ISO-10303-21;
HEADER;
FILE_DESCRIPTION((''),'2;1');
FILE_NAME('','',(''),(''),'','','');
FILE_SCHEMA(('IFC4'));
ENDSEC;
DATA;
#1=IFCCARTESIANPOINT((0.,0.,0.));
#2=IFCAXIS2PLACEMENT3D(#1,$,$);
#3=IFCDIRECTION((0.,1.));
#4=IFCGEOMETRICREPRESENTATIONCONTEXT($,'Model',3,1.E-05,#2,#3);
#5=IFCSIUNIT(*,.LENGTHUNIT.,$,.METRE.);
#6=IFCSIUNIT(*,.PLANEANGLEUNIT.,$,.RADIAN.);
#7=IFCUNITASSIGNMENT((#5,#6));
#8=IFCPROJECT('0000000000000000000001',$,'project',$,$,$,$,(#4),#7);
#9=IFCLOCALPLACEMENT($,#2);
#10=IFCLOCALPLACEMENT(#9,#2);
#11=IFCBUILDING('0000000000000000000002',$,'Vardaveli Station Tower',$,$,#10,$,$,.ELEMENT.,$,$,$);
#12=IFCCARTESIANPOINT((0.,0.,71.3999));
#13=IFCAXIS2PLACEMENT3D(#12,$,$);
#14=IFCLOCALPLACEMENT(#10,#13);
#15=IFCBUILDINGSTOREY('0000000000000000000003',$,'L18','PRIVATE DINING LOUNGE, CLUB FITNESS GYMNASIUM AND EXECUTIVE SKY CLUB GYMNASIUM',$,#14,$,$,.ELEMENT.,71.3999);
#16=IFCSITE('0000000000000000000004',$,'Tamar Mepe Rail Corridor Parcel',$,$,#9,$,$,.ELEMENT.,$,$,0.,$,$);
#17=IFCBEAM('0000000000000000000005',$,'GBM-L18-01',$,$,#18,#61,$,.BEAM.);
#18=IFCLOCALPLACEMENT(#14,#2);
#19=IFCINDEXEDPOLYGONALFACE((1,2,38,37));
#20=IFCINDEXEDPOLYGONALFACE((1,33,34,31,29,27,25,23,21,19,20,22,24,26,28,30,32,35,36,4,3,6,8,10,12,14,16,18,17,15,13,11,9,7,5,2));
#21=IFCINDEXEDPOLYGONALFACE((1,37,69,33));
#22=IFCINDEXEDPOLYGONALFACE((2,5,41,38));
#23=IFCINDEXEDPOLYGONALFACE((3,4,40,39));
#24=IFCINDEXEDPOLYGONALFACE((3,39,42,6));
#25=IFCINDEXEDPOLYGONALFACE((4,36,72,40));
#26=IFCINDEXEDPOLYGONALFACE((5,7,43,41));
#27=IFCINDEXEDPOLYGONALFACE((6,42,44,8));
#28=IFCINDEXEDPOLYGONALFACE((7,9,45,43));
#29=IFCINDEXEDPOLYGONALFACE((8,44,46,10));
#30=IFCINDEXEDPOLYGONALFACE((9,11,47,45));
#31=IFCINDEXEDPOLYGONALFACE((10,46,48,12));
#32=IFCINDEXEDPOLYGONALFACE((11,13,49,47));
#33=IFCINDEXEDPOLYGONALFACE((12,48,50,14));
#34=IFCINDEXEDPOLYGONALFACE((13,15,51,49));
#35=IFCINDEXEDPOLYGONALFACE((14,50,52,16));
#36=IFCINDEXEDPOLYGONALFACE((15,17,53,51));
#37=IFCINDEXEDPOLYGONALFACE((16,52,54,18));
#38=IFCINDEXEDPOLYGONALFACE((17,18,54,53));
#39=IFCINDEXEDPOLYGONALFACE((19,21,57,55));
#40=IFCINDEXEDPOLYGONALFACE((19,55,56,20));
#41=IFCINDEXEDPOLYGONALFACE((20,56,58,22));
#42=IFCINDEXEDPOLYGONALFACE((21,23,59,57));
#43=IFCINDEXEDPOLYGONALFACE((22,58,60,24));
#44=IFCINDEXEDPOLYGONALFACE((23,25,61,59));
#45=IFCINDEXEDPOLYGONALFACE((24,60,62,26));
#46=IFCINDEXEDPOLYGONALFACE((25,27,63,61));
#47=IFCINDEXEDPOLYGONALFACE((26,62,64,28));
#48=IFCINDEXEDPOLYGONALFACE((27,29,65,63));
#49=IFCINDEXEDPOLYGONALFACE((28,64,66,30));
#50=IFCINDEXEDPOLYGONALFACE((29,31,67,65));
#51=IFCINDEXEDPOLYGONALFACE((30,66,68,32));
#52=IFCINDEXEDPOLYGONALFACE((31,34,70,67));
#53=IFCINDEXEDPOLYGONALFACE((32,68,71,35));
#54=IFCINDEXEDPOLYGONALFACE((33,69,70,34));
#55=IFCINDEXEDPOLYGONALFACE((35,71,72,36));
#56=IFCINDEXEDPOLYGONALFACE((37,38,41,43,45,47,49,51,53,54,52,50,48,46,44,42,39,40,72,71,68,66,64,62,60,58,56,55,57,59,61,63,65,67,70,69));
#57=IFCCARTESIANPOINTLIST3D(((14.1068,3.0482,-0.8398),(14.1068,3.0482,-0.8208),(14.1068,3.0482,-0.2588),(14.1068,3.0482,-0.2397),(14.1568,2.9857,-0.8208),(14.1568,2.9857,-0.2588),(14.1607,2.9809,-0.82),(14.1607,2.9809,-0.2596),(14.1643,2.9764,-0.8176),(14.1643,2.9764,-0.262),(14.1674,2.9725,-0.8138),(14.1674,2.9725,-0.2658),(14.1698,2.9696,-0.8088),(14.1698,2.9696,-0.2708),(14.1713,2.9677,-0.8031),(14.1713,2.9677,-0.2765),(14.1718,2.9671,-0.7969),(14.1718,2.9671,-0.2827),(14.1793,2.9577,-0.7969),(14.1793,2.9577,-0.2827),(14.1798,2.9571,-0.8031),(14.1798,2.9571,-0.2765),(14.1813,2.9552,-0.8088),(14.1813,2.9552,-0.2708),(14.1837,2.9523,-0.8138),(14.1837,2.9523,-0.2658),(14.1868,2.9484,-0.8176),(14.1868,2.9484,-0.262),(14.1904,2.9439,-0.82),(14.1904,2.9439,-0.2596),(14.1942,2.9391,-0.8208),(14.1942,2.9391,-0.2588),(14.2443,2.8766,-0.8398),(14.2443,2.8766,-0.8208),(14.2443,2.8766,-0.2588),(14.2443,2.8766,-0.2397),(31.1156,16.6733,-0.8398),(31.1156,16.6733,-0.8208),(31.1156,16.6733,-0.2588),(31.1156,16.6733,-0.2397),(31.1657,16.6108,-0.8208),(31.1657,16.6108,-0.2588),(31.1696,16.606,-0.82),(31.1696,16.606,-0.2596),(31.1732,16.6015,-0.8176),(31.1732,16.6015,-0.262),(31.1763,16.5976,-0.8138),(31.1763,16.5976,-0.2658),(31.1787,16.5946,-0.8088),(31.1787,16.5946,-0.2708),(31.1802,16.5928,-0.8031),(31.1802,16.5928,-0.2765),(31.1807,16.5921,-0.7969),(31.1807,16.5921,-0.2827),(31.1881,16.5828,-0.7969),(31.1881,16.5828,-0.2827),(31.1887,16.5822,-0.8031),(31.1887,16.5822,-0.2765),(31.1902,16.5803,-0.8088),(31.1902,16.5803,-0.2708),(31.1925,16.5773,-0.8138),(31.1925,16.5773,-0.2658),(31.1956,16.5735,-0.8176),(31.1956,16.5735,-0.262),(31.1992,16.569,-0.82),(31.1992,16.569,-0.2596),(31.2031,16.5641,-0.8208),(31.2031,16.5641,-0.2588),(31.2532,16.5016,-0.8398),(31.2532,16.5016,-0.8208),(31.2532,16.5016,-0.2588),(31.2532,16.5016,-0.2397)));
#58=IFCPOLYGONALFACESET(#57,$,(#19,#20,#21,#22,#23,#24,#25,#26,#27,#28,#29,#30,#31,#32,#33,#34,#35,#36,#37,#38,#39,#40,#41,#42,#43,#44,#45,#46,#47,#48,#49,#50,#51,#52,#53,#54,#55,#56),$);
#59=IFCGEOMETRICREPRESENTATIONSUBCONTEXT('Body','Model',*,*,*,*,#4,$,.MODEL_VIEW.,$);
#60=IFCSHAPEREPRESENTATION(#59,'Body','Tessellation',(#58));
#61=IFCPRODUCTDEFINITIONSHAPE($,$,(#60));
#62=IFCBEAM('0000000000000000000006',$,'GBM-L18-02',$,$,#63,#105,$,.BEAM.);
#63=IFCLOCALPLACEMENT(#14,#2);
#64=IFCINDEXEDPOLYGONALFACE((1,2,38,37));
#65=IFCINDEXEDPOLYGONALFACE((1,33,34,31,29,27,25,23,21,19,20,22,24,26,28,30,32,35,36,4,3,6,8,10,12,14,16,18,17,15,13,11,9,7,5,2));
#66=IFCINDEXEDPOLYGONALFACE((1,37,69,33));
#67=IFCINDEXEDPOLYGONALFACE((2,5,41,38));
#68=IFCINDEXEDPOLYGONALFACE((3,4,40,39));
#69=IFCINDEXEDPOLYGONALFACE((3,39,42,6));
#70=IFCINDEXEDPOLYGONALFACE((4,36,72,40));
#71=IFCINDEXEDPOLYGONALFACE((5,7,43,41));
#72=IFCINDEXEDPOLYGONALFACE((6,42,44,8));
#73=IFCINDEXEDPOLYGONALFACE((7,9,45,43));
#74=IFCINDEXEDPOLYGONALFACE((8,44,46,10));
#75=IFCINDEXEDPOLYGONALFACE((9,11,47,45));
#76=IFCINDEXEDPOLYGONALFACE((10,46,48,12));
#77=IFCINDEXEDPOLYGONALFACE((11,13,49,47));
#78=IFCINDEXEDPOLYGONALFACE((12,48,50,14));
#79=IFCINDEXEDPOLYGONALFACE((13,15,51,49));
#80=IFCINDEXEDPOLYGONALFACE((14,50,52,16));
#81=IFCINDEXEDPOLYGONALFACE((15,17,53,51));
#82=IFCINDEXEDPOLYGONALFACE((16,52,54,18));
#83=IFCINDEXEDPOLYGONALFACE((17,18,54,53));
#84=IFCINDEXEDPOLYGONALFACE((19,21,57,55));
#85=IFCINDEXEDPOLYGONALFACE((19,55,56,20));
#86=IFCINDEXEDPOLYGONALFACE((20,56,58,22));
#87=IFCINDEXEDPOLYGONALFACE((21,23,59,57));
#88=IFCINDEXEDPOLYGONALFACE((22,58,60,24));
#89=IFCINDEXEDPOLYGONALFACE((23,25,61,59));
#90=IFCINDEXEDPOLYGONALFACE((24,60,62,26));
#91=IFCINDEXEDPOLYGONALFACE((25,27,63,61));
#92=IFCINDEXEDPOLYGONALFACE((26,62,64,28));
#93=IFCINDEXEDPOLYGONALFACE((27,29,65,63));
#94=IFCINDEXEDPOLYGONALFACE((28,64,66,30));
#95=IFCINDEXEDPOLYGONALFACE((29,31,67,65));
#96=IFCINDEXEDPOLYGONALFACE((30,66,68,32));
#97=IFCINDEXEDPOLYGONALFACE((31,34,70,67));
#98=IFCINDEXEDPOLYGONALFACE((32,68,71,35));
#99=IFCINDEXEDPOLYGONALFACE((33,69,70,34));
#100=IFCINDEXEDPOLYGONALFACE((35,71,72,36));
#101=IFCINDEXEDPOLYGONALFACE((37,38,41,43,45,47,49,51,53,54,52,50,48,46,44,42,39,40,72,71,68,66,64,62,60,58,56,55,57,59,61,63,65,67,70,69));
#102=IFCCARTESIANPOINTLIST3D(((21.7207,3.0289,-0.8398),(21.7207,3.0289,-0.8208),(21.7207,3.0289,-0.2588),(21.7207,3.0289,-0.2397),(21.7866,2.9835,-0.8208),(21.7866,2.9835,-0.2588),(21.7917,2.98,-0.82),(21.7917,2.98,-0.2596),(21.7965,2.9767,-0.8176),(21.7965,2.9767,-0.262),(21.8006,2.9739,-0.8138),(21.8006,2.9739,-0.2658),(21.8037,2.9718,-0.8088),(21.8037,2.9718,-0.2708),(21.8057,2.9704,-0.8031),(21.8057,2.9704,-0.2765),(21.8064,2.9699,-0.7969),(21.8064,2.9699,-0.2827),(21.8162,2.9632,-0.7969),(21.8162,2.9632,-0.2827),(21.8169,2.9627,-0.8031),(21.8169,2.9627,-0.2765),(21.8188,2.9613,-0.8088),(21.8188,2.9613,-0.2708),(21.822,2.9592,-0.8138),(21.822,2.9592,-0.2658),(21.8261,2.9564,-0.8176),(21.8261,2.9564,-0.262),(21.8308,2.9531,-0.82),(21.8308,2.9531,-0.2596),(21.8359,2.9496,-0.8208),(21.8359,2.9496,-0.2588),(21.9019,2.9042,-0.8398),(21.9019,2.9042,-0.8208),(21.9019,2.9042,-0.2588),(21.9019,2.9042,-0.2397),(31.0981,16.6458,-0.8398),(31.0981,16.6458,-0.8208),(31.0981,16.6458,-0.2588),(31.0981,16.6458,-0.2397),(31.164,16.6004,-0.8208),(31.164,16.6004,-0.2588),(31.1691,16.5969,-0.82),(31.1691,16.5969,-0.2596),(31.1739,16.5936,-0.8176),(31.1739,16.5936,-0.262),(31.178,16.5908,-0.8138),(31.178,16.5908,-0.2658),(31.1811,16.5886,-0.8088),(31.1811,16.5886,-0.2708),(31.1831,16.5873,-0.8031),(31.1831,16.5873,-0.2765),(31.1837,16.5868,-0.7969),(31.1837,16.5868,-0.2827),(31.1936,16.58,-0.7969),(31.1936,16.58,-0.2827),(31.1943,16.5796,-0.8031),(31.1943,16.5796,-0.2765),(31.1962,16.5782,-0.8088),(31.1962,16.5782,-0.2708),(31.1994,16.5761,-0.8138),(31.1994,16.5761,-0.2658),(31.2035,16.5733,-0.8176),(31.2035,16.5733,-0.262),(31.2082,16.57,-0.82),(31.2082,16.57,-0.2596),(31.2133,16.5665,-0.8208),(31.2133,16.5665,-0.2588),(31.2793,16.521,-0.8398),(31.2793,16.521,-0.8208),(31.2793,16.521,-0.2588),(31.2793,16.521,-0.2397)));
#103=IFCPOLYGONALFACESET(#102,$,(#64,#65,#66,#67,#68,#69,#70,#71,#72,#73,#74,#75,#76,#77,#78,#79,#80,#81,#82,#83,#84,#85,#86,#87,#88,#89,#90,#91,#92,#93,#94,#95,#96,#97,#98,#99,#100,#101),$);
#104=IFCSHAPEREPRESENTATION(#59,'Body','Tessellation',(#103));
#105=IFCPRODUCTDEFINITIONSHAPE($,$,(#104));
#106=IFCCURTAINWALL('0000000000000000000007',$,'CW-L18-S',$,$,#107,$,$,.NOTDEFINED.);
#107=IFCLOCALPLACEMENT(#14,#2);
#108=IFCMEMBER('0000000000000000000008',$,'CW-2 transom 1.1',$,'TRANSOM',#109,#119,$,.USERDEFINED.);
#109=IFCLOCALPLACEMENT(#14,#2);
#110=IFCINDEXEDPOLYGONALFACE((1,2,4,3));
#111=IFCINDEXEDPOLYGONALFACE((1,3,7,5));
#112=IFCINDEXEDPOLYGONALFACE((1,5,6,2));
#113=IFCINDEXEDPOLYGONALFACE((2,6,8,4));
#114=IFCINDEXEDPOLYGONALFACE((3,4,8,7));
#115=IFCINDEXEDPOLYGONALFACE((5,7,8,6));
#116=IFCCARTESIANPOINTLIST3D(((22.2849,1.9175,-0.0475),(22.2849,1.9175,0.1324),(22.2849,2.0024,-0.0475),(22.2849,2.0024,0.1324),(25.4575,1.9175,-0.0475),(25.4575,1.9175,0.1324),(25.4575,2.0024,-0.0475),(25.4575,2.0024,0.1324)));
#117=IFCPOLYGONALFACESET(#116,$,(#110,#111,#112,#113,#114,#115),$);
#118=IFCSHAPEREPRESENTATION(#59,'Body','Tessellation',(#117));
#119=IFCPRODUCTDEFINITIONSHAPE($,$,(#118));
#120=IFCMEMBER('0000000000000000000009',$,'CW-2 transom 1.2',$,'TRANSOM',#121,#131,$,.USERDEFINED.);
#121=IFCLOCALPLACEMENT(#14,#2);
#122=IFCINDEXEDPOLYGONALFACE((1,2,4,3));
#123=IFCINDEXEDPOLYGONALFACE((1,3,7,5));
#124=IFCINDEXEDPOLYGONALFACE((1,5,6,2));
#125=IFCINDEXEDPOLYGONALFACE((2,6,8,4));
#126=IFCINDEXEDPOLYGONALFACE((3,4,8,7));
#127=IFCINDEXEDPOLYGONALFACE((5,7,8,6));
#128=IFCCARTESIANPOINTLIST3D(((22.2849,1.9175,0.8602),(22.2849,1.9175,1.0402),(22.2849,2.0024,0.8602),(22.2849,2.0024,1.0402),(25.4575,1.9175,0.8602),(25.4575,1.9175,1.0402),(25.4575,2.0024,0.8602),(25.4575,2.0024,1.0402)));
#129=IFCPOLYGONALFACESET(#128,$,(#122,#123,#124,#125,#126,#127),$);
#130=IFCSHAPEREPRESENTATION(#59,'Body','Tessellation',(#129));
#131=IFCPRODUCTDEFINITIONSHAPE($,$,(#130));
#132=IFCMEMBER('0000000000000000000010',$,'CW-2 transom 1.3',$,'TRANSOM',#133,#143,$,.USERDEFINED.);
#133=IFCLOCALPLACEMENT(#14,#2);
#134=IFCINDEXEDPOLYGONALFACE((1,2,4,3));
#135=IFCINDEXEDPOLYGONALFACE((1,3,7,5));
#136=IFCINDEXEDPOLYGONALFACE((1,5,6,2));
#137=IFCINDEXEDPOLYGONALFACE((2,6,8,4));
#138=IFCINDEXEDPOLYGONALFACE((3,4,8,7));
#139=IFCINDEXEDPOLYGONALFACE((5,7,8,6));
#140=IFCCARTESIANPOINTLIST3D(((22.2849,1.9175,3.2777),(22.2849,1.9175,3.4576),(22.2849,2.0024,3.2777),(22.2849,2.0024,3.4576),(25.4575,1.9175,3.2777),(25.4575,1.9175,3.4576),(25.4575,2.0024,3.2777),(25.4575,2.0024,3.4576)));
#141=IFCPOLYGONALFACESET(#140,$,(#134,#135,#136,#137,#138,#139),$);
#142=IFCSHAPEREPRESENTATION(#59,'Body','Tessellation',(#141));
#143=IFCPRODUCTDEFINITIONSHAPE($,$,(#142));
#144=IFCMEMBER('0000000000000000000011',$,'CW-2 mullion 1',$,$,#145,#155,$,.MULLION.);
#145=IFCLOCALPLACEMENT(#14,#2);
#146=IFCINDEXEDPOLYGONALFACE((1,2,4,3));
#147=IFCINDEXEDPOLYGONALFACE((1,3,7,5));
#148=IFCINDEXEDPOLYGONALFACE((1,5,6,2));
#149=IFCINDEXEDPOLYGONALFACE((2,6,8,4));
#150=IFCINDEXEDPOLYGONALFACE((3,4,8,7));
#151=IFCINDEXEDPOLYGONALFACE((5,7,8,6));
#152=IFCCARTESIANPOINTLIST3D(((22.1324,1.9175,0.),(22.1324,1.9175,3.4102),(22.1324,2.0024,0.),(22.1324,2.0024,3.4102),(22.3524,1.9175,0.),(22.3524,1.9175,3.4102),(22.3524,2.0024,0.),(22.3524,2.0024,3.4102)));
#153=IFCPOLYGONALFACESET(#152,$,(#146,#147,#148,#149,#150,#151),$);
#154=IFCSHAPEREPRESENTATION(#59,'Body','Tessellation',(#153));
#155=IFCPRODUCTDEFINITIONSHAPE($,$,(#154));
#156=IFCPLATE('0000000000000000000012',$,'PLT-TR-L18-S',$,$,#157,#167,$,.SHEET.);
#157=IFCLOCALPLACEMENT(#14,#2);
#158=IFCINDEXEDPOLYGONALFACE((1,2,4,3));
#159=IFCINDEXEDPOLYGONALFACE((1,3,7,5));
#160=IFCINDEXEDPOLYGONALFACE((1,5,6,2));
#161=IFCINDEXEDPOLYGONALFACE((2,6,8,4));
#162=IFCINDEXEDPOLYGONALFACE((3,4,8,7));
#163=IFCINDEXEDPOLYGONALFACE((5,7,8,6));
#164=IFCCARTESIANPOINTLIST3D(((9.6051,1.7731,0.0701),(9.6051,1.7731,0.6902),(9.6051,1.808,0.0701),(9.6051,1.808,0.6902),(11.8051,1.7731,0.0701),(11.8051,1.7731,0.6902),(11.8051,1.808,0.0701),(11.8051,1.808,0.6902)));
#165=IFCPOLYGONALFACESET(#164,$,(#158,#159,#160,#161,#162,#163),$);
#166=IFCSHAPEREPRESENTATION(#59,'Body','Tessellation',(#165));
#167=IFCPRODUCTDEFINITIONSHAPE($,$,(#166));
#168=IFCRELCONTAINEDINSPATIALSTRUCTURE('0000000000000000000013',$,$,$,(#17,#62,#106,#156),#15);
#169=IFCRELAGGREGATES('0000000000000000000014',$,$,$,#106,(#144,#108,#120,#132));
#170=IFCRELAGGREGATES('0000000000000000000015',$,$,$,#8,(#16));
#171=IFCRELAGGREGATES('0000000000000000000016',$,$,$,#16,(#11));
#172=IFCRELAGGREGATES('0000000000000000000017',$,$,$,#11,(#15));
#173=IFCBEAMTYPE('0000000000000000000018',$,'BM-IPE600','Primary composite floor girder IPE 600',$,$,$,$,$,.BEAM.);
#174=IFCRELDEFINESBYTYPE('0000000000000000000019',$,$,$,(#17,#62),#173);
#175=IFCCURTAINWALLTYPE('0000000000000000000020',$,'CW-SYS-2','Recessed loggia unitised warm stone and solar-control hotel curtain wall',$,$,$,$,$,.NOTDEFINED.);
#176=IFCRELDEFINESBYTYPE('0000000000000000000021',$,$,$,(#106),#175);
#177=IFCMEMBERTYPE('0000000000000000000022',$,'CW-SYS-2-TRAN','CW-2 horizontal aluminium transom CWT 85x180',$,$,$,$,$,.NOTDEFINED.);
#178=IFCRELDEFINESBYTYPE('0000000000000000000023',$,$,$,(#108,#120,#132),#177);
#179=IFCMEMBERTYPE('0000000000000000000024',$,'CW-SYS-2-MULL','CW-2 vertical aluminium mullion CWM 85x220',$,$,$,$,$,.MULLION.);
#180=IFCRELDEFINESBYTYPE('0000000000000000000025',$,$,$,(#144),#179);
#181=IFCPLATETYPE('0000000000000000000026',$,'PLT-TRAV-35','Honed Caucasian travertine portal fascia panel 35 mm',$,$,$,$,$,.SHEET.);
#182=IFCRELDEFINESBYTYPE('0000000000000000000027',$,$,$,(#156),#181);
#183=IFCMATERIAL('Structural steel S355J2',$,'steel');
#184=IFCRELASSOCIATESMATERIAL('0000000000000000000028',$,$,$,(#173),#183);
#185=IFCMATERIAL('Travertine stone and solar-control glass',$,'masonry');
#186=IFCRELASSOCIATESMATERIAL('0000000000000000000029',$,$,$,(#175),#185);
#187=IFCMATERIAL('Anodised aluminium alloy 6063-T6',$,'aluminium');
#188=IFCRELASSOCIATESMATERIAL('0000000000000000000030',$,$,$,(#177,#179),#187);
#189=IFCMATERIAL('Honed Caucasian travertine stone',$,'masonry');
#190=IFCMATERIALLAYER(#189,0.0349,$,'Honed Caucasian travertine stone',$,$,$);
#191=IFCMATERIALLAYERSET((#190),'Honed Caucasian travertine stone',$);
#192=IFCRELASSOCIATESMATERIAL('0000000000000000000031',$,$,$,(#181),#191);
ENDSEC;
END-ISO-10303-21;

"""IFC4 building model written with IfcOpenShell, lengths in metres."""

from ifc_helpers import new_model, si_unit, direction, frame, origin, origin_2d, place, context, subcontext, project, spatial, rectangle, i_section, extrude, source, transform, mapped, material, layer, layer_set, material_profile, profile_set, type_object, element, aggregate, save


model = new_model("IFC4")

# Units and contexts
model_context = context("Model", 3, precision=1e-05, world=origin(), true_north=direction((0.0, 1.0)))
body_context = subcontext(model_context, "Body", "Model", "MODEL_VIEW")
ifc_project = project(units=[si_unit("LENGTHUNIT", "METRE"), si_unit("PLANEANGLEUNIT", "RADIAN")], contexts=[model_context])

# Site, building, storey
site_placement = place(None, origin())
site = spatial("IfcSite", under=ifc_project, at=site_placement, Name="Tamar Mepe Rail Corridor Parcel", CompositionType="ELEMENT", RefElevation=0.0)
building_placement = place(site_placement, origin())
building = spatial("IfcBuilding", under=site, at=building_placement, Name="Vardaveli Station Tower", CompositionType="ELEMENT")
storey_placement = place(building_placement, frame((0.0, 0.0, 71.3999)))
storey = spatial("IfcBuildingStorey", under=building, at=storey_placement, Name="L18", Description="PRIVATE DINING LOUNGE, CLUB FITNESS GYMNASIUM AND EXECUTIVE SKY CLUB GYMNASIUM", CompositionType="ELEMENT", Elevation=71.3999)

# Beams
ifc_material_1 = material(Name="Structural steel S355J2", Category="steel")
ifc_material_profile_1 = material_profile(ifc_material_1, i_section(OverallWidth=0.22, OverallDepth=0.6001, WebThickness=0.012, FlangeThickness=0.019, FilletRadius=0.0239, at=origin_2d()), Name="IPE 600")
ifc_profile_set_1 = profile_set([ifc_material_profile_1], Name="Structural steel S355J2")
beam_type_1 = type_object("IfcBeamType", Name="BM-IPE600", Description="Primary composite floor girder IPE 600", PredefinedType="BEAM", material=ifc_profile_set_1)
shared_shape_1 = source(origin(), body_context, "Body", "SweptSolid", [
    extrude(i_section(OverallWidth=0.22, OverallDepth=0.6001, WebThickness=0.012, FlangeThickness=0.019, FilletRadius=0.0239, at=origin_2d()), origin(), (0.0, 0.0, 1.0), 21.7932),
])
beam_1_placement = place(storey_placement, frame((14.1755, 2.9624, -0.5398), z_axis=(0.780466, 0.625198, 0.0), x_axis=(-0.625198, 0.780466, 0.0)))
element("IfcBeam", 1, at=beam_1_placement, inside=storey, type_object=beam_type_1, Name="GBM-L18-01", PredefinedType="BEAM", context=body_context, shape_type="MappedRepresentation", body=[
    mapped(shared_shape_1, transform((0.0, 0.0, 0.0), scale=1.0)),
])
shared_shape_2 = source(origin(), body_context, "Body", "SweptSolid", [
    extrude(i_section(OverallWidth=0.22, OverallDepth=0.6001, WebThickness=0.012, FlangeThickness=0.019, FilletRadius=0.0239, at=origin_2d()), origin(), (0.0, 0.0, 1.0), 16.5334),
])
beam_2_placement = place(storey_placement, frame((21.8113, 2.9666, -0.5398), z_axis=(0.567177, 0.823596, 0.0), x_axis=(-0.823596, 0.567177, 0.0)))
element("IfcBeam", 2, at=beam_2_placement, inside=storey, type_object=beam_type_1, Name="GBM-L18-02", PredefinedType="BEAM", context=body_context, shape_type="MappedRepresentation", body=[
    mapped(shared_shape_2, transform((0.0, 0.0, 0.0), scale=1.0)),
])

# Curtain wall, members
ifc_material_2 = material(Name="Travertine stone and solar-control glass", Category="masonry")
curtain_wall_type = type_object("IfcCurtainWallType", Name="CW-SYS-2", Description="Recessed loggia unitised warm stone and solar-control hotel curtain wall", PredefinedType="NOTDEFINED", material=ifc_material_2)
curtain_wall_placement = place(storey_placement, origin())
curtain_wall = element("IfcCurtainWall", 3, at=curtain_wall_placement, inside=storey, type_object=curtain_wall_type, Name="CW-L18-S", PredefinedType="NOTDEFINED")
ifc_material_3 = material(Name="Anodised aluminium alloy 6063-T6", Category="aluminium")
ifc_material_profile_2 = material_profile(ifc_material_3, rectangle(XDim=0.085, YDim=0.1799, at=origin_2d()), Name="CWT 85x180")
ifc_profile_set_2 = profile_set([ifc_material_profile_2], Name="Anodised aluminium alloy 6063-T6")
member_type_1 = type_object("IfcMemberType", Name="CW-SYS-2-TRAN", Description="CW-2 horizontal aluminium transom CWT 85x180", PredefinedType="NOTDEFINED", material=ifc_profile_set_2)
shared_shape_3 = source(origin(), body_context, "Body", "SweptSolid", [
    extrude(rectangle(XDim=0.085, YDim=0.1799, at=origin_2d()), origin(), (0.0, 0.0, 1.0), 3.1726),
])
member_1_placement = place(storey_placement, frame((22.2849, 1.96, 0.0425), z_axis=(1.0, 0.0, 0.0), x_axis=(0.0, 1.0, 0.0)))
member_1 = element("IfcMember", 4, at=member_1_placement, type_object=member_type_1, Name="CW-2 transom 1.1", ObjectType="TRANSOM", PredefinedType="USERDEFINED", context=body_context, shape_type="MappedRepresentation", body=[
    mapped(shared_shape_3, transform((0.0, 0.0, 0.0), scale=1.0)),
])
member_2_placement = place(storey_placement, frame((22.2849, 1.96, 0.9502), z_axis=(1.0, 0.0, 0.0), x_axis=(0.0, 1.0, 0.0)))
member_2 = element("IfcMember", 5, at=member_2_placement, type_object=member_type_1, Name="CW-2 transom 1.2", ObjectType="TRANSOM", PredefinedType="USERDEFINED", context=body_context, shape_type="MappedRepresentation", body=[
    mapped(shared_shape_3, transform((0.0, 0.0, 0.0), scale=1.0)),
])
member_3_placement = place(storey_placement, frame((22.2849, 1.96, 3.3677), z_axis=(1.0, 0.0, 0.0), x_axis=(0.0, 1.0, 0.0)))
member_3 = element("IfcMember", 6, at=member_3_placement, type_object=member_type_1, Name="CW-2 transom 1.3", ObjectType="TRANSOM", PredefinedType="USERDEFINED", context=body_context, shape_type="MappedRepresentation", body=[
    mapped(shared_shape_3, transform((0.0, 0.0, 0.0), scale=1.0)),
])
ifc_material_profile_3 = material_profile(ifc_material_3, rectangle(XDim=0.085, YDim=0.22, at=origin_2d()), Name="CWM 85x220")
ifc_profile_set_3 = profile_set([ifc_material_profile_3], Name="Anodised aluminium alloy 6063-T6")
member_type_2 = type_object("IfcMemberType", Name="CW-SYS-2-MULL", Description="CW-2 vertical aluminium mullion CWM 85x220", PredefinedType="MULLION", material=ifc_profile_set_3)
shared_shape_4 = source(origin(), body_context, "Body", "SweptSolid", [
    extrude(rectangle(XDim=0.085, YDim=0.22, at=origin_2d()), origin(), (0.0, 0.0, 1.0), 3.4102),
])
member_4_placement = place(storey_placement, frame((22.2424, 1.96, 0.0), z_axis=(0.0, 0.0, 1.0), x_axis=(0.0, 1.0, 0.0)))
member_4 = element("IfcMember", 7, at=member_4_placement, type_object=member_type_2, Name="CW-2 mullion 1", PredefinedType="MULLION", context=body_context, shape_type="MappedRepresentation", body=[
    mapped(shared_shape_4, transform((0.0, 0.0, 0.0), scale=1.0)),
])
aggregate(curtain_wall, [member_4, member_1, member_2, member_3])

# Plate
ifc_material_4 = material(Name="Honed Caucasian travertine stone", Category="masonry")
ifc_layer_1 = layer(ifc_material_4, 0.0349, Name="Honed Caucasian travertine stone")
ifc_layer_set_1 = layer_set([ifc_layer_1], Name="Honed Caucasian travertine stone")
plate_type = type_object("IfcPlateType", Name="PLT-TRAV-35", Description="Honed Caucasian travertine portal fascia panel 35 mm", PredefinedType="SHEET", material=ifc_layer_set_1)
shared_shape_5 = source(origin(), body_context, "Body", "SweptSolid", [
    extrude(rectangle(XDim=2.2, YDim=0.0349, at=origin_2d()), origin(), (0.0, 0.0, 1.0), 0.6201),
])
plate_placement = place(storey_placement, frame((10.7051, 1.7905, 0.0701), z_axis=(0.0, 0.0, 1.0), x_axis=(1.0, 0.0, 0.0)))
element("IfcPlate", 8, at=plate_placement, inside=storey, type_object=plate_type, Name="PLT-TR-L18-S", PredefinedType="SHEET", context=body_context, shape_type="MappedRepresentation", body=[
    mapped(shared_shape_5, transform((0.0, 0.0, 0.0), scale=1.0)),
])

save(model, "model.ifc")
